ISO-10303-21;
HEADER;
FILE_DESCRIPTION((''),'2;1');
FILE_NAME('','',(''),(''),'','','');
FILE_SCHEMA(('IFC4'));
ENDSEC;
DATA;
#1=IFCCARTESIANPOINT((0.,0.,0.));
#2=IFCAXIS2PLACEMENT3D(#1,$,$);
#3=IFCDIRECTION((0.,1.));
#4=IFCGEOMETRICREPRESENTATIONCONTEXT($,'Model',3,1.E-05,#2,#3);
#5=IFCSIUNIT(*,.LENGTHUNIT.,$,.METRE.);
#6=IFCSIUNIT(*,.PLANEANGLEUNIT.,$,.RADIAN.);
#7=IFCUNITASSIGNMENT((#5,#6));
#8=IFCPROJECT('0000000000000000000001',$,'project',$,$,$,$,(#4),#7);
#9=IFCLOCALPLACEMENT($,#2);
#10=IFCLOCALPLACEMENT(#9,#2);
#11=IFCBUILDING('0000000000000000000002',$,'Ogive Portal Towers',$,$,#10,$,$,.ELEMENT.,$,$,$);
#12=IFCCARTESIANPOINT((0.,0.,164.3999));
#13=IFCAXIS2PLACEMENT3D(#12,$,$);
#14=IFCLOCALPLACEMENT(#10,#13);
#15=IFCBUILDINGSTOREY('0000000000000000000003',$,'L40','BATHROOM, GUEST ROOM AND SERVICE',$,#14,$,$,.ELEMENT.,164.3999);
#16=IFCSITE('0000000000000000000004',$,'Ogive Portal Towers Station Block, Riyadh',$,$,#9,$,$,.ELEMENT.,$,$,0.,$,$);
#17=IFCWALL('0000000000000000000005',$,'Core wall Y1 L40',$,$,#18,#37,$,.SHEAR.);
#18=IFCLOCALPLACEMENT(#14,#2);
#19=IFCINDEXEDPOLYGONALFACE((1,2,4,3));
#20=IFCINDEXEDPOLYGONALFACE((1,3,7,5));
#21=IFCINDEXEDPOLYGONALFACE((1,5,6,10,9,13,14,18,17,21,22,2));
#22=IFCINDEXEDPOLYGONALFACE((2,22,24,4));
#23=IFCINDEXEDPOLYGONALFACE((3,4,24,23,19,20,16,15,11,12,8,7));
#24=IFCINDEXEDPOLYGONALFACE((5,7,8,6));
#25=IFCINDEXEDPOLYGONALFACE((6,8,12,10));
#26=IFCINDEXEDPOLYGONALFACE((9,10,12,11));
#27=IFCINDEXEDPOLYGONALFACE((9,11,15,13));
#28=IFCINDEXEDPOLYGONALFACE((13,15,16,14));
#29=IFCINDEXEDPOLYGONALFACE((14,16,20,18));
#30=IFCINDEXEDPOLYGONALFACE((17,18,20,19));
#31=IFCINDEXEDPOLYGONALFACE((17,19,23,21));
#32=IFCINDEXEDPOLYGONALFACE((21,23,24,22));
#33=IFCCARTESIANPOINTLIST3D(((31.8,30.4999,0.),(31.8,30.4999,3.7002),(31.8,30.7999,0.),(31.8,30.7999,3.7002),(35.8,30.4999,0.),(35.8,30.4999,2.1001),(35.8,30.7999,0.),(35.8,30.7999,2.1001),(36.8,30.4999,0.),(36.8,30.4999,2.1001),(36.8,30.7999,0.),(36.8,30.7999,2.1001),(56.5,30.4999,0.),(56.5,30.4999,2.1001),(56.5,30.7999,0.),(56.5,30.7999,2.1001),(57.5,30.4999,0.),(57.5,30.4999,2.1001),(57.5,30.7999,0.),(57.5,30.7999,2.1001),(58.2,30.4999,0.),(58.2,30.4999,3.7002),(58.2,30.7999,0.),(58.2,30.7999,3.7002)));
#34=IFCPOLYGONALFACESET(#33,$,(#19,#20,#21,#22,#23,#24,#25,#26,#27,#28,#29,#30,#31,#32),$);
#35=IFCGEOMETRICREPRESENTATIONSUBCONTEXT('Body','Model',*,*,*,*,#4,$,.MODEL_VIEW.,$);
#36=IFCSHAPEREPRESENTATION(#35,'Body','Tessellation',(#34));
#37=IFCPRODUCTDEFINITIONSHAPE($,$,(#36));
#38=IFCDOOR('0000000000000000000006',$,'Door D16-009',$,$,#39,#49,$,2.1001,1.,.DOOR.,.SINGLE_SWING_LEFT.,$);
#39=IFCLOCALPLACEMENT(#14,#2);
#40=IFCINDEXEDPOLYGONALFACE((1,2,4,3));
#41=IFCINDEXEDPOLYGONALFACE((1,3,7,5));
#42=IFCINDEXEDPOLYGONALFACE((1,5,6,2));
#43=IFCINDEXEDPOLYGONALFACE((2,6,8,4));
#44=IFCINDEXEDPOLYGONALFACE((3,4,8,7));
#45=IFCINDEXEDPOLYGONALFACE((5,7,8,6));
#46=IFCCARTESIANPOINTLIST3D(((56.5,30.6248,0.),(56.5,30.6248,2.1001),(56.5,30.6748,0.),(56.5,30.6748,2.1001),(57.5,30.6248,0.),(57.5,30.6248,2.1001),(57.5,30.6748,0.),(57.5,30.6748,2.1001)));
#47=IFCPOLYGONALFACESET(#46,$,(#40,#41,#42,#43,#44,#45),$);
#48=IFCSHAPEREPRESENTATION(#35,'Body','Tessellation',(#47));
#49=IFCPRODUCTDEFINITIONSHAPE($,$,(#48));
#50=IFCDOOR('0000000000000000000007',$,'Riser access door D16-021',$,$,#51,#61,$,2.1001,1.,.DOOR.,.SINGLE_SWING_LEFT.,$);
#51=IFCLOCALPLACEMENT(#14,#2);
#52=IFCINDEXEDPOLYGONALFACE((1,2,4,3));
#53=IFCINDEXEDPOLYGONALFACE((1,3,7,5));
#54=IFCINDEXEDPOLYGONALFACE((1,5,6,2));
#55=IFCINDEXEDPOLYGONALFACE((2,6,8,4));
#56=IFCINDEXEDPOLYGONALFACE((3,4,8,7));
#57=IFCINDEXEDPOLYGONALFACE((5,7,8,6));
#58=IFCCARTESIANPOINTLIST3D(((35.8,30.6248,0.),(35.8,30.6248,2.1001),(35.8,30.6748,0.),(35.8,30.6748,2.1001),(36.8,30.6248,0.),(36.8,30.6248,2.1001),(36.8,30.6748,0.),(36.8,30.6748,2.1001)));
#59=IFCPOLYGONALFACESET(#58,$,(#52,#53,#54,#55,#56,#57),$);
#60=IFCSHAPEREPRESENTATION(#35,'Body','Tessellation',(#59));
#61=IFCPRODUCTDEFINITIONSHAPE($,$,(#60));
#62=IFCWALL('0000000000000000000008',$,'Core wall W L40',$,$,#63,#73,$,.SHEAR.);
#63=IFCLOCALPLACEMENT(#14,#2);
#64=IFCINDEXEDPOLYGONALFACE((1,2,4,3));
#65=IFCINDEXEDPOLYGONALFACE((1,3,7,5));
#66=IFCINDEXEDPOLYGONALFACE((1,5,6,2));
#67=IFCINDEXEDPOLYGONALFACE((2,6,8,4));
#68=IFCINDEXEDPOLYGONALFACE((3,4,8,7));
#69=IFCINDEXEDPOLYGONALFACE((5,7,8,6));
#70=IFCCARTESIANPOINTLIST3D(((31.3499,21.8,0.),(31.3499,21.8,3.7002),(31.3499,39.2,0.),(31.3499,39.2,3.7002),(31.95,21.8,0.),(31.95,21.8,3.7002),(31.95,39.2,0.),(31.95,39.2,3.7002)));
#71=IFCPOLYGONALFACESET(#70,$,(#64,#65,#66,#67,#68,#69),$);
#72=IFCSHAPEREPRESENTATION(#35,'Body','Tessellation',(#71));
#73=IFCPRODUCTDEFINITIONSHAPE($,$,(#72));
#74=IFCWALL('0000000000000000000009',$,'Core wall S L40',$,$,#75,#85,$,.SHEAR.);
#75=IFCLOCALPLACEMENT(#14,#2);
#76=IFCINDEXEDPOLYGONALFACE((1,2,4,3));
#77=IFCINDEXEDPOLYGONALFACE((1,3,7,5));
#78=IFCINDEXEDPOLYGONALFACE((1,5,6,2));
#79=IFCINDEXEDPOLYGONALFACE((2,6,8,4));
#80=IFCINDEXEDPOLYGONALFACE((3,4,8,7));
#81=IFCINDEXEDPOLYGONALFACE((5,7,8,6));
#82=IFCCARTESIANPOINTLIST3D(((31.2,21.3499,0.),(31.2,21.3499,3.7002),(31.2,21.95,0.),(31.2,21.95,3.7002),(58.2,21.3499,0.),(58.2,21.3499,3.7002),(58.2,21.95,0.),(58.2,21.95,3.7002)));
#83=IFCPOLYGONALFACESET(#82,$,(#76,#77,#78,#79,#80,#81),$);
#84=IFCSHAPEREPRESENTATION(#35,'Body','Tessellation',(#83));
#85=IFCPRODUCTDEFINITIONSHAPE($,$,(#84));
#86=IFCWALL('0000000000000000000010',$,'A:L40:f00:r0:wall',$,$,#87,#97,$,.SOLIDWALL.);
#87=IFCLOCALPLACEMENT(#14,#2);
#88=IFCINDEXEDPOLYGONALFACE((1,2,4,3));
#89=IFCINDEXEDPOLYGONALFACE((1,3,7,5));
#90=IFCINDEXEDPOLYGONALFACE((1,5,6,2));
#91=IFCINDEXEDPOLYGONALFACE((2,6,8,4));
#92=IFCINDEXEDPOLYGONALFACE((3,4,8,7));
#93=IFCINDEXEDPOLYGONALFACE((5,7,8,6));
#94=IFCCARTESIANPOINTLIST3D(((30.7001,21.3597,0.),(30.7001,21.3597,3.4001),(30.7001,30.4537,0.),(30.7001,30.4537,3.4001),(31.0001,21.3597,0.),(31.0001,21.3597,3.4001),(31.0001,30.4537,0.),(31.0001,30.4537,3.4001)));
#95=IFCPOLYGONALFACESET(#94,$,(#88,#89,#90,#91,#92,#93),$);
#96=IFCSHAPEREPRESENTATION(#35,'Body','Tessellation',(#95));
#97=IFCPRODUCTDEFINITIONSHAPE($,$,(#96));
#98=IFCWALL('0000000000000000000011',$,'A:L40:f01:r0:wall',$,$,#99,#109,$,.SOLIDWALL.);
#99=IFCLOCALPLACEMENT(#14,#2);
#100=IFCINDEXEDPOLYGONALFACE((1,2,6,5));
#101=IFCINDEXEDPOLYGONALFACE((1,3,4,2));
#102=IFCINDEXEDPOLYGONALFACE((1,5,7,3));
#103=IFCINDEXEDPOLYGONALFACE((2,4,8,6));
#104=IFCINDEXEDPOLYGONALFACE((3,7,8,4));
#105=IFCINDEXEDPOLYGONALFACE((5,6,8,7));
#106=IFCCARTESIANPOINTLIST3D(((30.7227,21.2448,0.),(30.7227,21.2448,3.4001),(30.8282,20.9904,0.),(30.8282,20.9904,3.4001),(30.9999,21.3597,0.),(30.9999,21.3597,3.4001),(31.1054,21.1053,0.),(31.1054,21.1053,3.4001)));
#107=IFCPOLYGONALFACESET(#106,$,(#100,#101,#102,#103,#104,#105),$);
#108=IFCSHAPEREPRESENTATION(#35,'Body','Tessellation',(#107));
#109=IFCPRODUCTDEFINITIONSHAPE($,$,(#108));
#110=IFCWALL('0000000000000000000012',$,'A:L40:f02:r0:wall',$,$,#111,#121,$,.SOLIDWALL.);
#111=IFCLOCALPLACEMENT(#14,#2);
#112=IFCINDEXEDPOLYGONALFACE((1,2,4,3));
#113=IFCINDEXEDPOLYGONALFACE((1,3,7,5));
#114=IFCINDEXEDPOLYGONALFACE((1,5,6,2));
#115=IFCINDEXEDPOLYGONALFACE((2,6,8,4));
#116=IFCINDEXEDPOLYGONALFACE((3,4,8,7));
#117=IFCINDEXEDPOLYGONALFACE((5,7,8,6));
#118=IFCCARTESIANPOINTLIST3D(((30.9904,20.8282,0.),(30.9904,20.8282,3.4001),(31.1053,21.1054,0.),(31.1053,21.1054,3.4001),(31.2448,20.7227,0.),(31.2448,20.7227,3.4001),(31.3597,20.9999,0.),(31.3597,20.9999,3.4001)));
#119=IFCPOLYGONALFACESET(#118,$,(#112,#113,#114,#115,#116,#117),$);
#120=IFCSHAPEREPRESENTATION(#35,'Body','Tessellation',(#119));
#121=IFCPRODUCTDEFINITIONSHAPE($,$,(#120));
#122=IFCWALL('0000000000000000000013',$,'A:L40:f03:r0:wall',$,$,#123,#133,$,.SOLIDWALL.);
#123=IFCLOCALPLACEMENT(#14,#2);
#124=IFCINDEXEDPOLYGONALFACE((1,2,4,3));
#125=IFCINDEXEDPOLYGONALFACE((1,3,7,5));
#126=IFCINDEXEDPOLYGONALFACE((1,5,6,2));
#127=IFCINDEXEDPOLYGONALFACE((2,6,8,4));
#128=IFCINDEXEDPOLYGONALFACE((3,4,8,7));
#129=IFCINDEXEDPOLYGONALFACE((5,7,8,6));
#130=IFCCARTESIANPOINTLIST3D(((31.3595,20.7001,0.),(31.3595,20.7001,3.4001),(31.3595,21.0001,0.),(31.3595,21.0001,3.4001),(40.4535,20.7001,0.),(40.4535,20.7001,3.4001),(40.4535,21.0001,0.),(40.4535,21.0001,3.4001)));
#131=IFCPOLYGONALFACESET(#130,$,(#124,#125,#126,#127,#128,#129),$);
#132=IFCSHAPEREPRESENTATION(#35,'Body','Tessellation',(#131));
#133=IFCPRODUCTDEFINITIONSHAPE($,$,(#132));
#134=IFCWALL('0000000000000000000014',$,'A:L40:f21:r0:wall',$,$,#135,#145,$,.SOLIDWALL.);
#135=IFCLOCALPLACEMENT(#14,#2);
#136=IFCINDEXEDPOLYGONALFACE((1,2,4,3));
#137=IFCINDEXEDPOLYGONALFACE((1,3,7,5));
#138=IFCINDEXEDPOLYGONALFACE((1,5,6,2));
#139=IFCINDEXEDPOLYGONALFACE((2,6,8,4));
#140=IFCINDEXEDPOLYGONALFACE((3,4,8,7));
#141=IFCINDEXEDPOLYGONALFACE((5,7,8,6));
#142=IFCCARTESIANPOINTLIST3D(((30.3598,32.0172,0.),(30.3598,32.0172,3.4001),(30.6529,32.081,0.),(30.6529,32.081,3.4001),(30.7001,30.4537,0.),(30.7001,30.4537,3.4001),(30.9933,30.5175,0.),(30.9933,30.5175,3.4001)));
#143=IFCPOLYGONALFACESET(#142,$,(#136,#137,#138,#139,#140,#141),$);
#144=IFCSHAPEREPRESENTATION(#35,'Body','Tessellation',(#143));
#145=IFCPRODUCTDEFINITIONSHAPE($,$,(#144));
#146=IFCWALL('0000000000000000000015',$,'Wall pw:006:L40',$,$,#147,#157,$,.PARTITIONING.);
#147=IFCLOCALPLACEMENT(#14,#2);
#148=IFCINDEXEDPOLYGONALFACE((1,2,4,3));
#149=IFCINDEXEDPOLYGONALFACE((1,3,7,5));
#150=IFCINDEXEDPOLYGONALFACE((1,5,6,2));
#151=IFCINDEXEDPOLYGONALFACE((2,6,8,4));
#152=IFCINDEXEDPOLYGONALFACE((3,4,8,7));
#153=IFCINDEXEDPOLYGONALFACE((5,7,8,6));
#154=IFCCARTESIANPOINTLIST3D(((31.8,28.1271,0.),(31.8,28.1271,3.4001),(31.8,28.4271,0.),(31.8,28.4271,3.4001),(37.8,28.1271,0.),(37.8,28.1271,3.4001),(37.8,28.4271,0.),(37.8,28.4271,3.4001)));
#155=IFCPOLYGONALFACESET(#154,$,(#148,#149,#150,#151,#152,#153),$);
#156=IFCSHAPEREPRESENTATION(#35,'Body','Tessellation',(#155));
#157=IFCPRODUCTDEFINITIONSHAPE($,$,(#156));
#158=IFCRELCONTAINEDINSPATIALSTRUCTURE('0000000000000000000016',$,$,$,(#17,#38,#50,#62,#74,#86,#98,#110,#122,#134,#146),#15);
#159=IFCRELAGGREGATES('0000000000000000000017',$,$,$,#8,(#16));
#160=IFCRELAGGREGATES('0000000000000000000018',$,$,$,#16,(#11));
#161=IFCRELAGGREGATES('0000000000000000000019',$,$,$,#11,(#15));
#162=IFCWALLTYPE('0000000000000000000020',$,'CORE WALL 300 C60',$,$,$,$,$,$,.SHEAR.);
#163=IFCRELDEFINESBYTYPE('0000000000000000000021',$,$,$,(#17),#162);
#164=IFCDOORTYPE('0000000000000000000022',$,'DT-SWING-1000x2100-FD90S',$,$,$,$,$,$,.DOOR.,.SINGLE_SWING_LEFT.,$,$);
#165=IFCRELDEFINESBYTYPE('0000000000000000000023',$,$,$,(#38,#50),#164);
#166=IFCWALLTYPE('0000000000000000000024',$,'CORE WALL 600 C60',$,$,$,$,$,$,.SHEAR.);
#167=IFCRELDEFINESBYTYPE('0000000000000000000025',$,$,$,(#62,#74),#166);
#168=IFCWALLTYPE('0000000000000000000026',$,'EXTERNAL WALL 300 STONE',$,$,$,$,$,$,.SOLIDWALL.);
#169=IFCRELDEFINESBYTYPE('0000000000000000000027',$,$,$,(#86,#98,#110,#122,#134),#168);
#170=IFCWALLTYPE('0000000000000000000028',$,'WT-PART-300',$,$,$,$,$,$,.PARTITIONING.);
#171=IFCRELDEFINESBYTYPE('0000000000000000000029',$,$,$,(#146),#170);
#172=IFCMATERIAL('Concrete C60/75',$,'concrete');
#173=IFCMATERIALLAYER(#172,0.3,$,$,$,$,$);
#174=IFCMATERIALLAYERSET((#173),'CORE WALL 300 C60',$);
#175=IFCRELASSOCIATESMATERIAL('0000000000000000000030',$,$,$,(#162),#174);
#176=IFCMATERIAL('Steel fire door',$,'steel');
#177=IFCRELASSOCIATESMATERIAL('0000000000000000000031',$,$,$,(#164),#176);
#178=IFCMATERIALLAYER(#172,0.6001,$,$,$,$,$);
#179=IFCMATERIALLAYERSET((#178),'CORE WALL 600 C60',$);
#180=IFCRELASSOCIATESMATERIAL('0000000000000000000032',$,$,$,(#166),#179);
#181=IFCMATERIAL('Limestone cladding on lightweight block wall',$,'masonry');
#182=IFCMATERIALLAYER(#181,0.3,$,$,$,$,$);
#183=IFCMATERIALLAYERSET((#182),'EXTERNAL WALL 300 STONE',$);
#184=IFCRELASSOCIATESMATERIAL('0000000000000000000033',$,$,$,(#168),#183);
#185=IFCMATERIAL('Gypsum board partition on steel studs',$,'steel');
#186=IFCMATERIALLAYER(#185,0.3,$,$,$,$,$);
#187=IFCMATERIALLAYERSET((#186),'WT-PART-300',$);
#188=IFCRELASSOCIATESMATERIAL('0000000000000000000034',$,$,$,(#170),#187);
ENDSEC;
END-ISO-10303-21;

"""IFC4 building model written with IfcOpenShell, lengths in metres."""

from ifc_helpers import new_model, si_unit, direction, frame, frame_2d, origin, place, context, subcontext, project, spatial, rectangle, extrude, material, layer, layer_set, type_object, element, fill, save


model = new_model("IFC4")

# Units and contexts
model_context = context("Model", 3, precision=1e-05, world=origin(), true_north=direction((0.0, 1.0)))
body_context = subcontext(model_context, "Body", "Model", "MODEL_VIEW")
ifc_project = project(units=[si_unit("LENGTHUNIT", "METRE"), si_unit("PLANEANGLEUNIT", "RADIAN")], contexts=[model_context])

# Site, building, storey
site_placement = place(None, origin())
site = spatial("IfcSite", under=ifc_project, at=site_placement, Name="Ogive Portal Towers Station Block, Riyadh", CompositionType="ELEMENT", RefElevation=0.0)
building_placement = place(site_placement, origin())
building = spatial("IfcBuilding", under=site, at=building_placement, Name="Ogive Portal Towers", CompositionType="ELEMENT")
storey_placement = place(building_placement, frame((0.0, 0.0, 164.3999)))
storey = spatial("IfcBuildingStorey", under=building, at=storey_placement, Name="L40", Description="BATHROOM, GUEST ROOM AND SERVICE", CompositionType="ELEMENT", Elevation=164.3999)

# Wall, openings, doors
ifc_material_1 = material(Name="Concrete C60/75", Category="concrete")
ifc_layer_1 = layer(ifc_material_1, 0.3)
ifc_layer_set_1 = layer_set([ifc_layer_1], Name="CORE WALL 300 C60")
wall_type_1 = type_object("IfcWallType", Name="CORE WALL 300 C60", PredefinedType="SHEAR", material=ifc_layer_set_1)
wall_1_placement = place(storey_placement, frame((31.8, 30.6499, 0.0), z_axis=(0.0, 0.0, 1.0), x_axis=(1.0, 0.0, 0.0)))
wall_1 = element("IfcWall", 1, at=wall_1_placement, inside=storey, type_object=wall_type_1, Name="Core wall Y1 L40", PredefinedType="SHEAR", context=body_context, shape_type="SweptSolid", body=[
    extrude(rectangle(XDim=26.3999, YDim=0.3, at=frame_2d((13.2, 0.0))), origin(), (0.0, 0.0, 1.0), 3.7002),
])
opening_1_placement = place(wall_1_placement, frame((24.7, 0.0, 0.0)))
opening_1 = element("IfcOpeningElement", 2, at=opening_1_placement, cuts=wall_1, PredefinedType="OPENING", context=body_context, shape_type="SweptSolid", body=[
    extrude(rectangle(XDim=1.0, YDim=2.1001, at=frame_2d((0.5, 1.05))), frame((0.0, 0.1602, 0.0), z_axis=(0.0, -1.0, 0.0), x_axis=(1.0, 0.0, 0.0)), (0.0, 0.0, 1.0), 0.3201),
])
opening_2_placement = place(wall_1_placement, frame((4.0, 0.0, 0.0)))
opening_2 = element("IfcOpeningElement", 3, at=opening_2_placement, cuts=wall_1, PredefinedType="OPENING", context=body_context, shape_type="SweptSolid", body=[
    extrude(rectangle(XDim=1.0, YDim=2.1001, at=frame_2d((0.5, 1.05))), frame((0.0, 0.1602, 0.0), z_axis=(0.0, -1.0, 0.0), x_axis=(1.0, 0.0, 0.0)), (0.0, 0.0, 1.0), 0.3201),
])
ifc_material_2 = material(Name="Steel fire door", Category="steel")
door_type = type_object("IfcDoorType", Name="DT-SWING-1000x2100-FD90S", OperationType="SINGLE_SWING_LEFT", PredefinedType="DOOR", material=ifc_material_2)
door_1_placement = place(opening_1_placement, origin())
door_1 = element("IfcDoor", 4, at=door_1_placement, inside=storey, type_object=door_type, Name="Door D16-009", OperationType="SINGLE_SWING_LEFT", OverallHeight=2.1001, OverallWidth=1.0, PredefinedType="DOOR", context=body_context, shape_type="SweptSolid", body=[
    extrude(rectangle(XDim=1.0, YDim=2.1001, at=frame_2d((0.5, 1.05))), frame((0.0, 0.0249, 0.0), z_axis=(0.0, -1.0, 0.0), x_axis=(1.0, 0.0, 0.0)), (0.0, 0.0, 1.0), 0.05),
])
fill(opening_1, door_1)
door_2_placement = place(opening_2_placement, origin())
door_2 = element("IfcDoor", 5, at=door_2_placement, inside=storey, type_object=door_type, Name="Riser access door D16-021", OperationType="SINGLE_SWING_LEFT", OverallHeight=2.1001, OverallWidth=1.0, PredefinedType="DOOR", context=body_context, shape_type="SweptSolid", body=[
    extrude(rectangle(XDim=1.0, YDim=2.1001, at=frame_2d((0.5, 1.05))), frame((0.0, 0.0249, 0.0), z_axis=(0.0, -1.0, 0.0), x_axis=(1.0, 0.0, 0.0)), (0.0, 0.0, 1.0), 0.05),
])
fill(opening_2, door_2)

# Walls
ifc_layer_2 = layer(ifc_material_1, 0.6001)
ifc_layer_set_2 = layer_set([ifc_layer_2], Name="CORE WALL 600 C60")
wall_type_2 = type_object("IfcWallType", Name="CORE WALL 600 C60", PredefinedType="SHEAR", material=ifc_layer_set_2)
wall_2_placement = place(storey_placement, frame((31.6499, 21.8, 0.0), z_axis=(0.0, 0.0, 1.0), x_axis=(0.0, 1.0, 0.0)))
element("IfcWall", 6, at=wall_2_placement, inside=storey, type_object=wall_type_2, Name="Core wall W L40", PredefinedType="SHEAR", context=body_context, shape_type="SweptSolid", body=[
    extrude(rectangle(XDim=17.3999, YDim=0.6001, at=frame_2d((8.7, 0.0))), origin(), (0.0, 0.0, 1.0), 3.7002),
])
wall_3_placement = place(storey_placement, frame((31.2, 21.6499, 0.0), z_axis=(0.0, 0.0, 1.0), x_axis=(1.0, 0.0, 0.0)))
element("IfcWall", 7, at=wall_3_placement, inside=storey, type_object=wall_type_2, Name="Core wall S L40", PredefinedType="SHEAR", context=body_context, shape_type="SweptSolid", body=[
    extrude(rectangle(XDim=27.0, YDim=0.6001, at=frame_2d((13.5, 0.0))), origin(), (0.0, 0.0, 1.0), 3.7002),
])
ifc_material_3 = material(Name="Limestone cladding on lightweight block wall", Category="masonry")
ifc_layer_3 = layer(ifc_material_3, 0.3)
ifc_layer_set_3 = layer_set([ifc_layer_3], Name="EXTERNAL WALL 300 STONE")
wall_type_3 = type_object("IfcWallType", Name="EXTERNAL WALL 300 STONE", PredefinedType="SOLIDWALL", material=ifc_layer_set_3)
wall_4_placement = place(storey_placement, frame((30.8501, 30.4536, 0.0), z_axis=(0.0, 0.0, 1.0), x_axis=(0.0, -1.0, 0.0)))
element("IfcWall", 8, at=wall_4_placement, inside=storey, type_object=wall_type_3, Name="A:L40:f00:r0:wall", PredefinedType="SOLIDWALL", context=body_context, shape_type="SweptSolid", body=[
    extrude(rectangle(XDim=9.094, YDim=0.3, at=frame_2d((4.5469, 0.0))), origin(), (0.0, 0.0, 1.0), 3.4001),
])
for number, where, z_axis, x_axis, name in (
    (9, (30.8613, 21.3022, 0.0), (0.0, 0.0, 1.0), (0.382978, -0.923757, 0.0), "A:L40:f01:r0:wall"),
    (10, (31.0479, 20.9668, 0.0), (0.0, 0.0, 1.0), (0.923757, -0.382978, 0.0), "A:L40:f02:r0:wall"),
):
    element("IfcWall", number, at=place(storey_placement, frame(where, z_axis=z_axis, x_axis=x_axis)), inside=storey, type_object=wall_type_3, Name=name, PredefinedType="SOLIDWALL", context=body_context, shape_type="SweptSolid", body=[
        extrude(rectangle(XDim=0.2754, YDim=0.3, at=frame_2d((0.1377, 0.0))), origin(), (0.0, 0.0, 1.0), 3.4001),
    ])
wall_5_placement = place(storey_placement, frame((31.3596, 20.8501, 0.0), z_axis=(0.0, 0.0, 1.0), x_axis=(1.0, 0.0, 0.0)))
element("IfcWall", 11, at=wall_5_placement, inside=storey, type_object=wall_type_3, Name="A:L40:f03:r0:wall", PredefinedType="SOLIDWALL", context=body_context, shape_type="SweptSolid", body=[
    extrude(rectangle(XDim=9.094, YDim=0.3, at=frame_2d((4.5469, 0.0))), origin(), (0.0, 0.0, 1.0), 3.4001),
])
wall_6_placement = place(storey_placement, frame((30.5063, 32.0491, 0.0), z_axis=(0.0, 0.0, 1.0), x_axis=(0.212696, -0.977118, 0.0)))
element("IfcWall", 12, at=wall_6_placement, inside=storey, type_object=wall_type_3, Name="A:L40:f21:r0:wall", PredefinedType="SOLIDWALL", context=body_context, shape_type="SweptSolid", body=[
    extrude(rectangle(XDim=1.6001, YDim=0.3, at=frame_2d((0.8, 0.0))), origin(), (0.0, 0.0, 1.0), 3.4001),
])
ifc_material_4 = material(Name="Gypsum board partition on steel studs", Category="steel")
ifc_layer_4 = layer(ifc_material_4, 0.3)
ifc_layer_set_4 = layer_set([ifc_layer_4], Name="WT-PART-300")
wall_type_4 = type_object("IfcWallType", Name="WT-PART-300", PredefinedType="PARTITIONING", material=ifc_layer_set_4)
wall_7_placement = place(storey_placement, frame((31.8, 28.2771, 0.0), z_axis=(0.0, 0.0, 1.0), x_axis=(1.0, 0.0, 0.0)))
element("IfcWall", 13, at=wall_7_placement, inside=storey, type_object=wall_type_4, Name="Wall pw:006:L40", PredefinedType="PARTITIONING", context=body_context, shape_type="SweptSolid", body=[
    extrude(rectangle(XDim=6.0, YDim=0.3, at=frame_2d((3.0, 0.0))), origin(), (0.0, 0.0, 1.0), 3.4001),
])

save(model, "model.ifc")
